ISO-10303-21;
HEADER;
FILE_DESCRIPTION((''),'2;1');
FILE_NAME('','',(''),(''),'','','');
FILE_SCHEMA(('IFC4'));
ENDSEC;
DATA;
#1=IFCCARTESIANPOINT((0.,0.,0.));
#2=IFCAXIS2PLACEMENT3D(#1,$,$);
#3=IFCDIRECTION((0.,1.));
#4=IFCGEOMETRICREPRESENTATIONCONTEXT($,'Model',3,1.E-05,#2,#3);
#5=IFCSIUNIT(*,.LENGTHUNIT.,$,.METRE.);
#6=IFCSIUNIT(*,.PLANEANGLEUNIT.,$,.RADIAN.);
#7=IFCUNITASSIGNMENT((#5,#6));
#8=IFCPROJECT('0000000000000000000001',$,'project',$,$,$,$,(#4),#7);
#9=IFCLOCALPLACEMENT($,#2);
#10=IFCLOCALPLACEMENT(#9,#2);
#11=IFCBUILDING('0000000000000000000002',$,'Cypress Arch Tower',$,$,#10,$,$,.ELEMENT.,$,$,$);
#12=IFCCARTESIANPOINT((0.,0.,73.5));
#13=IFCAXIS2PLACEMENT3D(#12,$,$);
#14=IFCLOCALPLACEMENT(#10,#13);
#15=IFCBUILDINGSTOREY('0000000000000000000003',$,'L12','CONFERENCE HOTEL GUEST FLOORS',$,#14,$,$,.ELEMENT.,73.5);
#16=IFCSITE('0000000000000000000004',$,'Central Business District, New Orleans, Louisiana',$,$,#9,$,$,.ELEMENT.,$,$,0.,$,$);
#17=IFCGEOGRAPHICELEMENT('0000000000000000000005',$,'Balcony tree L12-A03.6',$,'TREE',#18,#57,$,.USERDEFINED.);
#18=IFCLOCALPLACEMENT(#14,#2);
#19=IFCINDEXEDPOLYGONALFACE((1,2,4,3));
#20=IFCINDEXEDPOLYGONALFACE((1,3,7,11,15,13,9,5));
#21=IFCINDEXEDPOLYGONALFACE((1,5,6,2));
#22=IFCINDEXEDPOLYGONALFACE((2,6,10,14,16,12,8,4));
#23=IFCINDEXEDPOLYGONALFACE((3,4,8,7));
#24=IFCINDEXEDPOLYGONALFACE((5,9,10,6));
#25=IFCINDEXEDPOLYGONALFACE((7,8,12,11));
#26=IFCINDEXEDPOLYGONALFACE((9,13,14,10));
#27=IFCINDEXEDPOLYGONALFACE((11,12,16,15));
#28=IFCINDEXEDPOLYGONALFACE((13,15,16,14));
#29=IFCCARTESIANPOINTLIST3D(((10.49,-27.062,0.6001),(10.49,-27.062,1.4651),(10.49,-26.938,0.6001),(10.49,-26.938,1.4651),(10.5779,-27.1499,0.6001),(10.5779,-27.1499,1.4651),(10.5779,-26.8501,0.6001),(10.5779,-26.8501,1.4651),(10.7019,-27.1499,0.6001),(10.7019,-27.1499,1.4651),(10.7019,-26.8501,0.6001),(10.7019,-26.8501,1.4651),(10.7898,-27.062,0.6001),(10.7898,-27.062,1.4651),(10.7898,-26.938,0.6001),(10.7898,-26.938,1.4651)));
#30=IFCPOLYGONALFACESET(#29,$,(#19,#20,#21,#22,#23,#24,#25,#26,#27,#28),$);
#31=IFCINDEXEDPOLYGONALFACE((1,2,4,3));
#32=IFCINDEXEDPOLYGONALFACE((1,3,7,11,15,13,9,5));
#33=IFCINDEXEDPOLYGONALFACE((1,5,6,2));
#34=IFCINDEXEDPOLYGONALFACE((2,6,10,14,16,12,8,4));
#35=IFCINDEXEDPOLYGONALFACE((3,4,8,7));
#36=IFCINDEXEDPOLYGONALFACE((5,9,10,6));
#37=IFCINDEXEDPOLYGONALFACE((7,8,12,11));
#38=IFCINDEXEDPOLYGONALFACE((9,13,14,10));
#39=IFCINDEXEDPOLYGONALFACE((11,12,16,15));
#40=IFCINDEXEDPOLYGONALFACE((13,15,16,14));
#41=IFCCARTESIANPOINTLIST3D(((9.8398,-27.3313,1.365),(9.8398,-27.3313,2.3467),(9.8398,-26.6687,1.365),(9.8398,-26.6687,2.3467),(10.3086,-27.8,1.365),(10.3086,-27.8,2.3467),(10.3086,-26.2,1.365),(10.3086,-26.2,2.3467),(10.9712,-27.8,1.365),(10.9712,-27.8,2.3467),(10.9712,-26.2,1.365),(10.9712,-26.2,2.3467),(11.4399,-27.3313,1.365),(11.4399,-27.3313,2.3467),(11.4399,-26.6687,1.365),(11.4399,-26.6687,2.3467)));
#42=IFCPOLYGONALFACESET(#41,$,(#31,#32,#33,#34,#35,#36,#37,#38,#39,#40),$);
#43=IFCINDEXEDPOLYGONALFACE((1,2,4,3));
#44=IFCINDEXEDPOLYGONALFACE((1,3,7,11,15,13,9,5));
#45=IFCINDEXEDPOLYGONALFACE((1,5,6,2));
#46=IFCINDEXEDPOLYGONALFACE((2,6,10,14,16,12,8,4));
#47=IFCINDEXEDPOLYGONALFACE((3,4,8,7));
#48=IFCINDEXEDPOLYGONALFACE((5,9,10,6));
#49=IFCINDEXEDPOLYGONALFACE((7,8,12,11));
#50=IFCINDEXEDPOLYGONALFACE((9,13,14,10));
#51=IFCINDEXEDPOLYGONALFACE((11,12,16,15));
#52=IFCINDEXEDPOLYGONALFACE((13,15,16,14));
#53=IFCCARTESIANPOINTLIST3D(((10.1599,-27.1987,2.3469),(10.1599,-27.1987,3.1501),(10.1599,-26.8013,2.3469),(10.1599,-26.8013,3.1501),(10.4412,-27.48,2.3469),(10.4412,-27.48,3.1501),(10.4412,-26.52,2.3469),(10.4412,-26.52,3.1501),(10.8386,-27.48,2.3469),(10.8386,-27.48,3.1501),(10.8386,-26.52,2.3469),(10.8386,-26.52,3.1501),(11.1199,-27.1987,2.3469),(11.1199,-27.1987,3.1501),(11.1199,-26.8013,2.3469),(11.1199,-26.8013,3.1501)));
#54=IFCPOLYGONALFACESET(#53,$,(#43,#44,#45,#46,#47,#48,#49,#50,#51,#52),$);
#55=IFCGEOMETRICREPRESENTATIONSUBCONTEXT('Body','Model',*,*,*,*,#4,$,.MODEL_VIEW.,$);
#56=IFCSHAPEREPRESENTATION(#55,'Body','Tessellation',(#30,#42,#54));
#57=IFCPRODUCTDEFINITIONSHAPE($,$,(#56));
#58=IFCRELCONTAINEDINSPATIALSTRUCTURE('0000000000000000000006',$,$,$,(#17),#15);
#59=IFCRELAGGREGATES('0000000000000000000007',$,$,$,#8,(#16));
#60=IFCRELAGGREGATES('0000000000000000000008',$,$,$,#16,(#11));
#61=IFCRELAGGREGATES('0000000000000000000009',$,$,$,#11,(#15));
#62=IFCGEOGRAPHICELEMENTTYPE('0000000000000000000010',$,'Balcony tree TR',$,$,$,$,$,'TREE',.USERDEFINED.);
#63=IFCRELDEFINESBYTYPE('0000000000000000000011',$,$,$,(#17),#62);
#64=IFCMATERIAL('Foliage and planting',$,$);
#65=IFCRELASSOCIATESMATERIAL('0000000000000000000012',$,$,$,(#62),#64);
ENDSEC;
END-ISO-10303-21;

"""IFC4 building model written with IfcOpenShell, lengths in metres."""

from ifc_helpers import new_model, si_unit, direction, frame, origin, place, context, subcontext, project, spatial, polyline, outline, extrude, material, type_object, element, save


model = new_model("IFC4")

# Units and contexts
model_context = context("Model", 3, precision=1e-05, world=origin(), true_north=direction((0.0, 1.0)))
body_context = subcontext(model_context, "Body", "Model", "MODEL_VIEW")
ifc_project = project(units=[si_unit("LENGTHUNIT", "METRE"), si_unit("PLANEANGLEUNIT", "RADIAN")], contexts=[model_context])

# Site, building, storey
site_placement = place(None, origin())
site = spatial("IfcSite", under=ifc_project, at=site_placement, Name="Central Business District, New Orleans, Louisiana", CompositionType="ELEMENT", RefElevation=0.0)
building_placement = place(site_placement, origin())
building = spatial("IfcBuilding", under=site, at=building_placement, Name="Cypress Arch Tower", CompositionType="ELEMENT")
storey_placement = place(building_placement, frame((0.0, 0.0, 73.5)))
storey = spatial("IfcBuildingStorey", under=building, at=storey_placement, Name="L12", Description="CONFERENCE HOTEL GUEST FLOORS", CompositionType="ELEMENT", Elevation=73.5)

# Geographic element
ifc_material_1 = material(Name="Foliage and planting")
geographic_element_type = type_object("IfcGeographicElementType", Name="Balcony tree TR", ElementType="TREE", PredefinedType="USERDEFINED", material=ifc_material_1)
geographic_element_placement = place(storey_placement, frame((10.6399, -27.0, 0.6001), z_axis=(0.0, 0.0, 1.0), x_axis=(1.0, 0.0, 0.0)))
element("IfcGeographicElement", 1, at=geographic_element_placement, inside=storey, type_object=geographic_element_type, Name="Balcony tree L12-A03.6", ObjectType="TREE", PredefinedType="USERDEFINED", context=body_context, shape_type="SweptSolid", body=[
    extrude(outline(polyline([(0.1499, 0.062), (0.062, 0.1499), (-0.062, 0.1499), (-0.1499, 0.062), (-0.1499, -0.062), (-0.062, -0.1499), (0.062, -0.1499), (0.1499, -0.062), (0.1499, 0.062)])), origin(), (0.0, 0.0, 1.0), 0.865),
    extrude(outline(polyline([(0.8, 0.3313), (0.3313, 0.8), (-0.3313, 0.8), (-0.8, 0.3313), (-0.8, -0.3313), (-0.3313, -0.8), (0.3313, -0.8), (0.8, -0.3313), (0.8, 0.3313)])), frame((0.0, 0.0, 0.7649)), (0.0, 0.0, 1.0), 0.9817),
    extrude(outline(polyline([(0.48, 0.1987), (0.1987, 0.48), (-0.1987, 0.48), (-0.48, 0.1987), (-0.48, -0.1987), (-0.1987, -0.48), (0.1987, -0.48), (0.48, -0.1987), (0.48, 0.1987)])), frame((0.0, 0.0, 1.7468)), (0.0, 0.0, 1.0), 0.8032),
])

save(model, "model.ifc")
